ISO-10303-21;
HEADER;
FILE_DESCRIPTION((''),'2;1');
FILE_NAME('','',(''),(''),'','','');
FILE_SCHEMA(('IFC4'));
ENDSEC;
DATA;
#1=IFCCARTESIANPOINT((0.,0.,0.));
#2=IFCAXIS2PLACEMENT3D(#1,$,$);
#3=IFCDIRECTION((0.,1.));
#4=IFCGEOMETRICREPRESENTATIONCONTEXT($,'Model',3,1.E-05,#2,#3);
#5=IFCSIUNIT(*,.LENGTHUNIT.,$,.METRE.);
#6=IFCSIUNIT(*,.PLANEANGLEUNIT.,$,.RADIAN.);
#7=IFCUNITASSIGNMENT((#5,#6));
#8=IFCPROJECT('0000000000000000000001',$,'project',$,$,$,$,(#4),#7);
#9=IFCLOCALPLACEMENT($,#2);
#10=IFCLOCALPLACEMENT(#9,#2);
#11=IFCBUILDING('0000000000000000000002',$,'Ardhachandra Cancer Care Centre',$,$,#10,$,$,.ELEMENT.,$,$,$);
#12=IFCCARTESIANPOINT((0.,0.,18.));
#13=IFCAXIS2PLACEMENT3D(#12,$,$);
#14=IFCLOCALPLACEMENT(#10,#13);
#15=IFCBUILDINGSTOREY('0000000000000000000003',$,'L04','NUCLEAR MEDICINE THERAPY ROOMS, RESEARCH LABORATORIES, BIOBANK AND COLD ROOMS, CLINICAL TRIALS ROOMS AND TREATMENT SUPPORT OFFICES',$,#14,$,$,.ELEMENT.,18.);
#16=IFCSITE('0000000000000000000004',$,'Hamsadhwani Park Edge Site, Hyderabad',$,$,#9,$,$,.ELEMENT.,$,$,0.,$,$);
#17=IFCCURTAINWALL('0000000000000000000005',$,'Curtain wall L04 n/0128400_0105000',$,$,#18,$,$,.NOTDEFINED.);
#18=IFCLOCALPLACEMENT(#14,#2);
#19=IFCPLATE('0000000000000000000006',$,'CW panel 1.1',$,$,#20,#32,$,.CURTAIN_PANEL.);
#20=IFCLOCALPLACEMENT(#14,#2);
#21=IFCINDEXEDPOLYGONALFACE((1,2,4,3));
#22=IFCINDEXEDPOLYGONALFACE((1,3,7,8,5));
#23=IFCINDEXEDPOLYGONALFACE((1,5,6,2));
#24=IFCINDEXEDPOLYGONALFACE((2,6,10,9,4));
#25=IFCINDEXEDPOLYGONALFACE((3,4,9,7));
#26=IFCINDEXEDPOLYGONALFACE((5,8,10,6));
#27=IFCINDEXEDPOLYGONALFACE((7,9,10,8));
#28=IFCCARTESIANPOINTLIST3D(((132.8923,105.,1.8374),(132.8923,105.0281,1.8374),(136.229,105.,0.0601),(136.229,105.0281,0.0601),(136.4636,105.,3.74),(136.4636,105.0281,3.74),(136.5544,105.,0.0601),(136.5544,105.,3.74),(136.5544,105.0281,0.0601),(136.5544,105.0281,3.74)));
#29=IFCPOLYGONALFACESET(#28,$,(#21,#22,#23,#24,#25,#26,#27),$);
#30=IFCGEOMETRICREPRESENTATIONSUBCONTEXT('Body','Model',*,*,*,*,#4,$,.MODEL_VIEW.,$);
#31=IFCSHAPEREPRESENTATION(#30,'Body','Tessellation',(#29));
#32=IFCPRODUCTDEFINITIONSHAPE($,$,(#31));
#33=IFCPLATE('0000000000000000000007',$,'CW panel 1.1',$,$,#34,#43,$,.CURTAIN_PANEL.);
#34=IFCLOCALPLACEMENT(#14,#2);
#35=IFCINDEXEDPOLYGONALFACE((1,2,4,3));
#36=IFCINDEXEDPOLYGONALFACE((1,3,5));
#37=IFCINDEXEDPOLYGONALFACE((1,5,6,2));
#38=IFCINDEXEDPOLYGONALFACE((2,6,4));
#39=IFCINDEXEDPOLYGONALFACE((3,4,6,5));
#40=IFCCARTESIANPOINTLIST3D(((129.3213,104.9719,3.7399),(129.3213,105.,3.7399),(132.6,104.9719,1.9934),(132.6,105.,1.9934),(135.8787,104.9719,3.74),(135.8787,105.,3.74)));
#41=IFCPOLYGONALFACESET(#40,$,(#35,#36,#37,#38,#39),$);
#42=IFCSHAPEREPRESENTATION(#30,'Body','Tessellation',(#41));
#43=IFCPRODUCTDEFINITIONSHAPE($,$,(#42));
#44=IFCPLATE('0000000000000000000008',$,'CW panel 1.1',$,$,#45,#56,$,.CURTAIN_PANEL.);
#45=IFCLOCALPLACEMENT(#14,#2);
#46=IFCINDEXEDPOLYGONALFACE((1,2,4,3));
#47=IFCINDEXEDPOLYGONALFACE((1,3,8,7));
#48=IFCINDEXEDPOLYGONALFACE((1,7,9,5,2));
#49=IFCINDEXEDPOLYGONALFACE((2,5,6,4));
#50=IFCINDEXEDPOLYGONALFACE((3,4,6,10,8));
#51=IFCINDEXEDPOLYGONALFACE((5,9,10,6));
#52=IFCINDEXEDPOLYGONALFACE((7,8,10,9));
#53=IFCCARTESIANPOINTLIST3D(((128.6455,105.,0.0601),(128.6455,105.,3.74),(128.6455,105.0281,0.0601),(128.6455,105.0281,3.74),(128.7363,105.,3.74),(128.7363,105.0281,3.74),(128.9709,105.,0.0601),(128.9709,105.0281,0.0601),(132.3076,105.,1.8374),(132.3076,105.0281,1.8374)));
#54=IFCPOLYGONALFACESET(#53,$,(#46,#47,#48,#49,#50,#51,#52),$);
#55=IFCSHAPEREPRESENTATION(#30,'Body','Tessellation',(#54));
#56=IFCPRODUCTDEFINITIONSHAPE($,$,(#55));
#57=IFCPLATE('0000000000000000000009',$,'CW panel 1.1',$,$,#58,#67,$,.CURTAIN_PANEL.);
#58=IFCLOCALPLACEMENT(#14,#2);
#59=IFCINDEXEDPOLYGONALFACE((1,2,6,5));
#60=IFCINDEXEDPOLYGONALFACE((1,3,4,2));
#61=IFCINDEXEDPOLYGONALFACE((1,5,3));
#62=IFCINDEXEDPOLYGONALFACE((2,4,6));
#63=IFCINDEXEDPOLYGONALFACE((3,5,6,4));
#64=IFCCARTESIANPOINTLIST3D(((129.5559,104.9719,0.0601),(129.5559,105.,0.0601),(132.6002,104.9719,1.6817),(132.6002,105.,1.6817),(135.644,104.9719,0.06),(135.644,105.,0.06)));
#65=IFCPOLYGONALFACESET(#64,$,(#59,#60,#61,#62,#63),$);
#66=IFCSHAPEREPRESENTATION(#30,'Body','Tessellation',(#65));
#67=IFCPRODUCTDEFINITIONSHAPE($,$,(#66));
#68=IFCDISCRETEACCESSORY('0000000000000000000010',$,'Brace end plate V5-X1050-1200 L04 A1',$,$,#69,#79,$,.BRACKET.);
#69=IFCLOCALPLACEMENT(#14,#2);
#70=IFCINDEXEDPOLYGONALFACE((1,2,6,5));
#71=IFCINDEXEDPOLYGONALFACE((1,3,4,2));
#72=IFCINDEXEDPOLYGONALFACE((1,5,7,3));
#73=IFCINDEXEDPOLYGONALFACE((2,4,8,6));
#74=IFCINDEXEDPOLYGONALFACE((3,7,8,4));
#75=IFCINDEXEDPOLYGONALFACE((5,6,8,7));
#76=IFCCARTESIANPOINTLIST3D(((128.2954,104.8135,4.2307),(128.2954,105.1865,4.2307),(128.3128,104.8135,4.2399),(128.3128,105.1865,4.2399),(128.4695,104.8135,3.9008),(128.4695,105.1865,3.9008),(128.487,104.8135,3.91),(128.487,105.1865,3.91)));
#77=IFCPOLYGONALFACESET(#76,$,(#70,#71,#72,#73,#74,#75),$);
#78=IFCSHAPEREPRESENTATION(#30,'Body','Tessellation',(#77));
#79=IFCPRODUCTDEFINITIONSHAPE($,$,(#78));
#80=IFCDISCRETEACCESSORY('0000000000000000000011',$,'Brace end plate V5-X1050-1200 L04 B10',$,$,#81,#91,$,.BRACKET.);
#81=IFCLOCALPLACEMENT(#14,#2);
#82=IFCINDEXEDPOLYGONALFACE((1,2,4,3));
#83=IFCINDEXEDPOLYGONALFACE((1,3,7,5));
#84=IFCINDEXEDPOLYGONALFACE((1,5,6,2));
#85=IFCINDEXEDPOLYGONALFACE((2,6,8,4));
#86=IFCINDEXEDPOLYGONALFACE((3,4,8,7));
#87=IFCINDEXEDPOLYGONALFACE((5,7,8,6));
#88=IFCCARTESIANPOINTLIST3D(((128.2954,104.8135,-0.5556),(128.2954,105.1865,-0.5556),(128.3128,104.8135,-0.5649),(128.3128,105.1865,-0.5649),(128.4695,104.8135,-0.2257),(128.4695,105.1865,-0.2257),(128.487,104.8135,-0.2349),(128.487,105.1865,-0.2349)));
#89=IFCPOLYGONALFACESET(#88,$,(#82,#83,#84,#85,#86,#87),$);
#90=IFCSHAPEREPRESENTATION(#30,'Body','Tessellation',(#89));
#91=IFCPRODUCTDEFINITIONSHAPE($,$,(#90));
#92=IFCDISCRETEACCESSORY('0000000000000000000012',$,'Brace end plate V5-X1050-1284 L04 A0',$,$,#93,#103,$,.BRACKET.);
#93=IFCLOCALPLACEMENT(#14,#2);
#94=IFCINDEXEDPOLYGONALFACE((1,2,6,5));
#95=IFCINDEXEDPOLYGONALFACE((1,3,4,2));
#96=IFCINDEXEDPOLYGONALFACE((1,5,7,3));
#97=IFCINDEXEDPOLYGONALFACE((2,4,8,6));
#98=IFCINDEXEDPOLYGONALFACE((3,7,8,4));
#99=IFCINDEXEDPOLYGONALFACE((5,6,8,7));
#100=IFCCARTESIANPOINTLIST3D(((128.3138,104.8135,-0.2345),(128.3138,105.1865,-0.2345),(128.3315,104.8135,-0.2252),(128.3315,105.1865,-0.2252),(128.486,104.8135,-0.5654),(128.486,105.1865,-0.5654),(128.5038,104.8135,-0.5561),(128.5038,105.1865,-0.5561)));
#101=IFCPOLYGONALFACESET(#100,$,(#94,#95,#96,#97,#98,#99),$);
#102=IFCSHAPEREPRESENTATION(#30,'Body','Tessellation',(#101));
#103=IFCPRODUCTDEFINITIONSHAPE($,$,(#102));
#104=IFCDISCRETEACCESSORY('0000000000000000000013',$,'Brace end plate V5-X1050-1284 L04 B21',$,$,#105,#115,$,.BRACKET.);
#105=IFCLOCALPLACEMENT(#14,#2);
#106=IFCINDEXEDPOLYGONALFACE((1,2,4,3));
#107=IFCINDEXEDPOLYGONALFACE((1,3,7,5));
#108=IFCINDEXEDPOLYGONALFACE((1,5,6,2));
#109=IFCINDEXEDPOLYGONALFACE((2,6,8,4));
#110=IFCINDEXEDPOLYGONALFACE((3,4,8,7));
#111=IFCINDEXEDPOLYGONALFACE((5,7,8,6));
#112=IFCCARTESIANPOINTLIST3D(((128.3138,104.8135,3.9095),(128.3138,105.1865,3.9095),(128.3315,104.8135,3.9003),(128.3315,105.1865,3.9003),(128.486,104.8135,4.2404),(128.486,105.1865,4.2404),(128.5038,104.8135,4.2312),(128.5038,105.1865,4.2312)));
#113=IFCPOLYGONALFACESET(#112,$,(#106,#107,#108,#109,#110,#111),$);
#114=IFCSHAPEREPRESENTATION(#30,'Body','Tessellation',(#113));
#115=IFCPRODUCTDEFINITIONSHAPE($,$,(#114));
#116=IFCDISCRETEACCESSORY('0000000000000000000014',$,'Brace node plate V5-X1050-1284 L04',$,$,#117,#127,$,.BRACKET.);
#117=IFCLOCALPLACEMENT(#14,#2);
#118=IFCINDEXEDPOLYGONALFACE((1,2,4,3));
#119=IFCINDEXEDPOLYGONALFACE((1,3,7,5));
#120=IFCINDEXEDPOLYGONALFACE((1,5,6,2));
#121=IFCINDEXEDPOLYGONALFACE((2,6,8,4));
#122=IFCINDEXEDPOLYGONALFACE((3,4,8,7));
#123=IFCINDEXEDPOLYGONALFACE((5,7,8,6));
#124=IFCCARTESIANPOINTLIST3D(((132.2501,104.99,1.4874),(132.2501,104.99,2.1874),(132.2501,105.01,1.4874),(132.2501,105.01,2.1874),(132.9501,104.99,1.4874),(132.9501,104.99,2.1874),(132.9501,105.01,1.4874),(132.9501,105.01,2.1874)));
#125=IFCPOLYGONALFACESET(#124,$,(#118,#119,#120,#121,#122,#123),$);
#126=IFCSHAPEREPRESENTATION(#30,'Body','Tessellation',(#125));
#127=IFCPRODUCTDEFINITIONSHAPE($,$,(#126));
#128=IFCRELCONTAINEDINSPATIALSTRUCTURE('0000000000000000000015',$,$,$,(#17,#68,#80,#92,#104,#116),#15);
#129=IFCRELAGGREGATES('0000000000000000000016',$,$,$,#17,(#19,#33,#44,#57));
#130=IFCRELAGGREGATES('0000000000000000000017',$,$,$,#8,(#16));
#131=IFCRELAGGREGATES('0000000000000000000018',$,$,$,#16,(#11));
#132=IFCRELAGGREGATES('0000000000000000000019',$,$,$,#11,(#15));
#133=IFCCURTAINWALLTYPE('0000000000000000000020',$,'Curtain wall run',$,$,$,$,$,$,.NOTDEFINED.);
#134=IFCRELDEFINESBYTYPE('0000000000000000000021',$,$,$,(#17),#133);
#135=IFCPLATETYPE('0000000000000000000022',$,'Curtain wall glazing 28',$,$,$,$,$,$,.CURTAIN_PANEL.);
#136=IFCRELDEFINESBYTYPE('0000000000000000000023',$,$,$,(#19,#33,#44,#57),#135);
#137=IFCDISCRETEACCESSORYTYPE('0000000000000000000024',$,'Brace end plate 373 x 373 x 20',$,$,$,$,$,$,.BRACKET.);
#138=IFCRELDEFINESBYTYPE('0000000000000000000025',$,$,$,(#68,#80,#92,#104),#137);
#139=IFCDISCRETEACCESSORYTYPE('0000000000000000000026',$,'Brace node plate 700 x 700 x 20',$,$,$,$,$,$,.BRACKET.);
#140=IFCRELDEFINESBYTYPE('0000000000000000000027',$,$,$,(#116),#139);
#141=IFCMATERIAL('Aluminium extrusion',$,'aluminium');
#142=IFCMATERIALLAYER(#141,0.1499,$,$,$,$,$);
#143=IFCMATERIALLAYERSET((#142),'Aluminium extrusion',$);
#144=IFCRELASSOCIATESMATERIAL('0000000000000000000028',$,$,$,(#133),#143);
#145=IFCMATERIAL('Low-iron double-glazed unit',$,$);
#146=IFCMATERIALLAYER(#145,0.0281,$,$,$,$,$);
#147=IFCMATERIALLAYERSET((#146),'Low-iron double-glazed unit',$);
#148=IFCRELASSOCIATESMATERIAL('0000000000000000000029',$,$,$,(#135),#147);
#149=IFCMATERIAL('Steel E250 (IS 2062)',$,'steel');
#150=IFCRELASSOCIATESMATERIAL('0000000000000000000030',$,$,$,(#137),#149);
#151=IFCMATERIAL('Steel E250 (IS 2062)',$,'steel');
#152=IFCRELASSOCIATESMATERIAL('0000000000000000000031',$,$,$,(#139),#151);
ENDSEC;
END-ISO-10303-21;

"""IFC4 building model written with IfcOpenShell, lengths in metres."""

from ifc_helpers import new_model, si_unit, direction, frame, origin, origin_2d, place, context, subcontext, project, spatial, polyline, rectangle, outline, extrude, material, layer, layer_set, material_profile, profile_set, type_object, element, aggregate, save


model = new_model("IFC4")

# Units and contexts
model_context = context("Model", 3, precision=1e-05, world=origin(), true_north=direction((0.0, 1.0)))
body_context = subcontext(model_context, "Body", "Model", "MODEL_VIEW")
ifc_project = project(units=[si_unit("LENGTHUNIT", "METRE"), si_unit("PLANEANGLEUNIT", "RADIAN")], contexts=[model_context])

# Site, building, storey
site_placement = place(None, origin())
site = spatial("IfcSite", under=ifc_project, at=site_placement, Name="Hamsadhwani Park Edge Site, Hyderabad", CompositionType="ELEMENT", RefElevation=0.0)
building_placement = place(site_placement, origin())
building = spatial("IfcBuilding", under=site, at=building_placement, Name="Ardhachandra Cancer Care Centre", CompositionType="ELEMENT")
storey_placement = place(building_placement, frame((0.0, 0.0, 18.0)))
storey = spatial("IfcBuildingStorey", under=building, at=storey_placement, Name="L04", Description="NUCLEAR MEDICINE THERAPY ROOMS, RESEARCH LABORATORIES, BIOBANK AND COLD ROOMS, CLINICAL TRIALS ROOMS AND TREATMENT SUPPORT OFFICES", CompositionType="ELEMENT", Elevation=18.0)

# Curtain wall, plates
ifc_material_1 = material(Name="Aluminium extrusion", Category="aluminium")
ifc_layer_1 = layer(ifc_material_1, 0.1499)
ifc_layer_set_1 = layer_set([ifc_layer_1], Name="Aluminium extrusion")
curtain_wall_type = type_object("IfcCurtainWallType", Name="Curtain wall run", PredefinedType="NOTDEFINED", material=ifc_layer_set_1)
curtain_wall_placement = place(storey_placement, origin())
curtain_wall = element("IfcCurtainWall", 1, at=curtain_wall_placement, inside=storey, type_object=curtain_wall_type, Name="Curtain wall L04 n/0128400_0105000", PredefinedType="NOTDEFINED")
ifc_material_2 = material(Name="Low-iron double-glazed unit")
ifc_layer_2 = layer(ifc_material_2, 0.0281)
ifc_layer_set_2 = layer_set([ifc_layer_2], Name="Low-iron double-glazed unit")
plate_type = type_object("IfcPlateType", Name="Curtain wall glazing 28", PredefinedType="CURTAIN_PANEL", material=ifc_layer_set_2)
plate_1_placement = place(storey_placement, frame((136.5544, 105.0, 3.74), z_axis=(0.0, 1.0, 0.0), x_axis=(0.0, 0.0, -1.0)))
plate_1 = element("IfcPlate", 2, at=plate_1_placement, type_object=plate_type, Name="CW panel 1.1", PredefinedType="CURTAIN_PANEL", context=body_context, shape_type="SweptSolid", body=[
    extrude(outline(polyline([(0.0, 0.0), (3.6799, 0.0), (3.6799, 0.3254), (1.9026, 3.6621), (0.0, 0.0908), (0.0, 0.0)])), origin(), (0.0, 0.0, 1.0), 0.0281),
])
plate_2_placement = place(storey_placement, frame((135.8787, 105.0, 3.74), z_axis=(0.0, 1.0, 0.0), x_axis=(-0.882575, 0.0, -0.470172)))
plate_2 = element("IfcPlate", 3, at=plate_2_placement, type_object=plate_type, Name="CW panel 1.1", PredefinedType="CURTAIN_PANEL", context=body_context, shape_type="SweptSolid", body=[
    extrude(outline(polyline([(0.0, 0.0), (3.7148, 0.0), (5.7874, 3.083), (0.0, 0.0)])), frame((0.0, 0.0, -0.0281)), (0.0, 0.0, 1.0), 0.0281),
])
plate_3_placement = place(storey_placement, frame((128.6455, 105.0, 0.0601), z_axis=(0.0, 1.0, 0.0), x_axis=(0.0, 0.0, 1.0)))
plate_3 = element("IfcPlate", 4, at=plate_3_placement, type_object=plate_type, Name="CW panel 1.1", PredefinedType="CURTAIN_PANEL", context=body_context, shape_type="SweptSolid", body=[
    extrude(outline(polyline([(0.0, 0.0), (3.6799, 0.0), (3.6799, 0.0908), (1.7773, 3.6621), (0.0, 0.3254), (0.0, 0.0)])), origin(), (0.0, 0.0, 1.0), 0.0281),
])
plate_4_placement = place(storey_placement, frame((129.5559, 105.0, 0.0601), z_axis=(0.0, 1.0, 0.0), x_axis=(0.882592, 0.0, 0.47014)))
plate_4 = element("IfcPlate", 5, at=plate_4_placement, type_object=plate_type, Name="CW panel 1.1", PredefinedType="CURTAIN_PANEL", context=body_context, shape_type="SweptSolid", body=[
    extrude(outline(polyline([(0.0, 0.0), (3.4492, 0.0), (5.3733, 2.8623), (0.0, 0.0)])), frame((0.0, 0.0, -0.0281)), (0.0, 0.0, 1.0), 0.0281),
])
aggregate(curtain_wall, [plate_1, plate_2, plate_3, plate_4])

# Discrete accessories
ifc_material_3 = material(Name="Steel E250 (IS 2062)", Category="steel")
ifc_material_profile_1 = material_profile(ifc_material_3, rectangle(XDim=0.373, YDim=0.373, at=origin_2d()), Name="PL 373x373x20")
ifc_profile_set_1 = profile_set([ifc_material_profile_1], Name="Steel E250 (IS 2062)")
discrete_accessory_type_1 = type_object("IfcDiscreteAccessoryType", Name="Brace end plate 373 x 373 x 20", PredefinedType="BRACKET", material=ifc_profile_set_1)
for number, where, z_axis, x_axis, name in (
    (6, (128.3999, 105.0, 4.075), (-0.884385, 0.0, -0.466759), (0.0, -1.0, 0.0), "Brace end plate V5-X1050-1200 L04 A1"),
    (7, (128.3999, 105.0, -0.3999), (-0.884385, 0.0, 0.466759), (0.0, -1.0, 0.0), "Brace end plate V5-X1050-1200 L04 B10"),
):
    element("IfcDiscreteAccessory", number, at=place(storey_placement, frame(where, z_axis=z_axis, x_axis=x_axis)), inside=storey, type_object=discrete_accessory_type_1, Name=name, PredefinedType="BRACKET", context=body_context, shape_type="SweptSolid", body=[
        extrude(rectangle(XDim=0.373, YDim=0.373, at=origin_2d()), origin(), (0.0, 0.0, 1.0), 0.0198),
    ])
for number, where, z_axis, x_axis, name in (
    (8, (128.3999, 105.0, -0.3999), (0.887018, 0.0, 0.461735), (0.0, 1.0, 0.0), "Brace end plate V5-X1050-1284 L04 A0"),
    (9, (128.3999, 105.0, 4.075), (0.887018, 0.0, -0.461735), (0.0, 1.0, 0.0), "Brace end plate V5-X1050-1284 L04 B21"),
):
    element("IfcDiscreteAccessory", number, at=place(storey_placement, frame(where, z_axis=z_axis, x_axis=x_axis)), inside=storey, type_object=discrete_accessory_type_1, Name=name, PredefinedType="BRACKET", context=body_context, shape_type="SweptSolid", body=[
        extrude(rectangle(XDim=0.373, YDim=0.373, at=origin_2d()), origin(), (0.0, 0.0, 1.0), 0.02),
    ])
ifc_material_4 = material(Name="Steel E250 (IS 2062)", Category="steel")
ifc_material_profile_2 = material_profile(ifc_material_4, rectangle(XDim=0.7, YDim=0.7, at=origin_2d()), Name="PL 700x700x20")
ifc_profile_set_2 = profile_set([ifc_material_profile_2], Name="Steel E250 (IS 2062)")
discrete_accessory_type_2 = type_object("IfcDiscreteAccessoryType", Name="Brace node plate 700 x 700 x 20", PredefinedType="BRACKET", material=ifc_profile_set_2)
discrete_accessory_placement = place(storey_placement, frame((132.6001, 104.99, 1.8374), z_axis=(0.0, 1.0, 0.0), x_axis=(-1.0, 0.0, 0.0)))
element("IfcDiscreteAccessory", 10, at=discrete_accessory_placement, inside=storey, type_object=discrete_accessory_type_2, Name="Brace node plate V5-X1050-1284 L04", PredefinedType="BRACKET", context=body_context, shape_type="SweptSolid", body=[
    extrude(rectangle(XDim=0.7, YDim=0.7, at=origin_2d()), origin(), (0.0, 0.0, 1.0), 0.02),
])

save(model, "model.ifc")
